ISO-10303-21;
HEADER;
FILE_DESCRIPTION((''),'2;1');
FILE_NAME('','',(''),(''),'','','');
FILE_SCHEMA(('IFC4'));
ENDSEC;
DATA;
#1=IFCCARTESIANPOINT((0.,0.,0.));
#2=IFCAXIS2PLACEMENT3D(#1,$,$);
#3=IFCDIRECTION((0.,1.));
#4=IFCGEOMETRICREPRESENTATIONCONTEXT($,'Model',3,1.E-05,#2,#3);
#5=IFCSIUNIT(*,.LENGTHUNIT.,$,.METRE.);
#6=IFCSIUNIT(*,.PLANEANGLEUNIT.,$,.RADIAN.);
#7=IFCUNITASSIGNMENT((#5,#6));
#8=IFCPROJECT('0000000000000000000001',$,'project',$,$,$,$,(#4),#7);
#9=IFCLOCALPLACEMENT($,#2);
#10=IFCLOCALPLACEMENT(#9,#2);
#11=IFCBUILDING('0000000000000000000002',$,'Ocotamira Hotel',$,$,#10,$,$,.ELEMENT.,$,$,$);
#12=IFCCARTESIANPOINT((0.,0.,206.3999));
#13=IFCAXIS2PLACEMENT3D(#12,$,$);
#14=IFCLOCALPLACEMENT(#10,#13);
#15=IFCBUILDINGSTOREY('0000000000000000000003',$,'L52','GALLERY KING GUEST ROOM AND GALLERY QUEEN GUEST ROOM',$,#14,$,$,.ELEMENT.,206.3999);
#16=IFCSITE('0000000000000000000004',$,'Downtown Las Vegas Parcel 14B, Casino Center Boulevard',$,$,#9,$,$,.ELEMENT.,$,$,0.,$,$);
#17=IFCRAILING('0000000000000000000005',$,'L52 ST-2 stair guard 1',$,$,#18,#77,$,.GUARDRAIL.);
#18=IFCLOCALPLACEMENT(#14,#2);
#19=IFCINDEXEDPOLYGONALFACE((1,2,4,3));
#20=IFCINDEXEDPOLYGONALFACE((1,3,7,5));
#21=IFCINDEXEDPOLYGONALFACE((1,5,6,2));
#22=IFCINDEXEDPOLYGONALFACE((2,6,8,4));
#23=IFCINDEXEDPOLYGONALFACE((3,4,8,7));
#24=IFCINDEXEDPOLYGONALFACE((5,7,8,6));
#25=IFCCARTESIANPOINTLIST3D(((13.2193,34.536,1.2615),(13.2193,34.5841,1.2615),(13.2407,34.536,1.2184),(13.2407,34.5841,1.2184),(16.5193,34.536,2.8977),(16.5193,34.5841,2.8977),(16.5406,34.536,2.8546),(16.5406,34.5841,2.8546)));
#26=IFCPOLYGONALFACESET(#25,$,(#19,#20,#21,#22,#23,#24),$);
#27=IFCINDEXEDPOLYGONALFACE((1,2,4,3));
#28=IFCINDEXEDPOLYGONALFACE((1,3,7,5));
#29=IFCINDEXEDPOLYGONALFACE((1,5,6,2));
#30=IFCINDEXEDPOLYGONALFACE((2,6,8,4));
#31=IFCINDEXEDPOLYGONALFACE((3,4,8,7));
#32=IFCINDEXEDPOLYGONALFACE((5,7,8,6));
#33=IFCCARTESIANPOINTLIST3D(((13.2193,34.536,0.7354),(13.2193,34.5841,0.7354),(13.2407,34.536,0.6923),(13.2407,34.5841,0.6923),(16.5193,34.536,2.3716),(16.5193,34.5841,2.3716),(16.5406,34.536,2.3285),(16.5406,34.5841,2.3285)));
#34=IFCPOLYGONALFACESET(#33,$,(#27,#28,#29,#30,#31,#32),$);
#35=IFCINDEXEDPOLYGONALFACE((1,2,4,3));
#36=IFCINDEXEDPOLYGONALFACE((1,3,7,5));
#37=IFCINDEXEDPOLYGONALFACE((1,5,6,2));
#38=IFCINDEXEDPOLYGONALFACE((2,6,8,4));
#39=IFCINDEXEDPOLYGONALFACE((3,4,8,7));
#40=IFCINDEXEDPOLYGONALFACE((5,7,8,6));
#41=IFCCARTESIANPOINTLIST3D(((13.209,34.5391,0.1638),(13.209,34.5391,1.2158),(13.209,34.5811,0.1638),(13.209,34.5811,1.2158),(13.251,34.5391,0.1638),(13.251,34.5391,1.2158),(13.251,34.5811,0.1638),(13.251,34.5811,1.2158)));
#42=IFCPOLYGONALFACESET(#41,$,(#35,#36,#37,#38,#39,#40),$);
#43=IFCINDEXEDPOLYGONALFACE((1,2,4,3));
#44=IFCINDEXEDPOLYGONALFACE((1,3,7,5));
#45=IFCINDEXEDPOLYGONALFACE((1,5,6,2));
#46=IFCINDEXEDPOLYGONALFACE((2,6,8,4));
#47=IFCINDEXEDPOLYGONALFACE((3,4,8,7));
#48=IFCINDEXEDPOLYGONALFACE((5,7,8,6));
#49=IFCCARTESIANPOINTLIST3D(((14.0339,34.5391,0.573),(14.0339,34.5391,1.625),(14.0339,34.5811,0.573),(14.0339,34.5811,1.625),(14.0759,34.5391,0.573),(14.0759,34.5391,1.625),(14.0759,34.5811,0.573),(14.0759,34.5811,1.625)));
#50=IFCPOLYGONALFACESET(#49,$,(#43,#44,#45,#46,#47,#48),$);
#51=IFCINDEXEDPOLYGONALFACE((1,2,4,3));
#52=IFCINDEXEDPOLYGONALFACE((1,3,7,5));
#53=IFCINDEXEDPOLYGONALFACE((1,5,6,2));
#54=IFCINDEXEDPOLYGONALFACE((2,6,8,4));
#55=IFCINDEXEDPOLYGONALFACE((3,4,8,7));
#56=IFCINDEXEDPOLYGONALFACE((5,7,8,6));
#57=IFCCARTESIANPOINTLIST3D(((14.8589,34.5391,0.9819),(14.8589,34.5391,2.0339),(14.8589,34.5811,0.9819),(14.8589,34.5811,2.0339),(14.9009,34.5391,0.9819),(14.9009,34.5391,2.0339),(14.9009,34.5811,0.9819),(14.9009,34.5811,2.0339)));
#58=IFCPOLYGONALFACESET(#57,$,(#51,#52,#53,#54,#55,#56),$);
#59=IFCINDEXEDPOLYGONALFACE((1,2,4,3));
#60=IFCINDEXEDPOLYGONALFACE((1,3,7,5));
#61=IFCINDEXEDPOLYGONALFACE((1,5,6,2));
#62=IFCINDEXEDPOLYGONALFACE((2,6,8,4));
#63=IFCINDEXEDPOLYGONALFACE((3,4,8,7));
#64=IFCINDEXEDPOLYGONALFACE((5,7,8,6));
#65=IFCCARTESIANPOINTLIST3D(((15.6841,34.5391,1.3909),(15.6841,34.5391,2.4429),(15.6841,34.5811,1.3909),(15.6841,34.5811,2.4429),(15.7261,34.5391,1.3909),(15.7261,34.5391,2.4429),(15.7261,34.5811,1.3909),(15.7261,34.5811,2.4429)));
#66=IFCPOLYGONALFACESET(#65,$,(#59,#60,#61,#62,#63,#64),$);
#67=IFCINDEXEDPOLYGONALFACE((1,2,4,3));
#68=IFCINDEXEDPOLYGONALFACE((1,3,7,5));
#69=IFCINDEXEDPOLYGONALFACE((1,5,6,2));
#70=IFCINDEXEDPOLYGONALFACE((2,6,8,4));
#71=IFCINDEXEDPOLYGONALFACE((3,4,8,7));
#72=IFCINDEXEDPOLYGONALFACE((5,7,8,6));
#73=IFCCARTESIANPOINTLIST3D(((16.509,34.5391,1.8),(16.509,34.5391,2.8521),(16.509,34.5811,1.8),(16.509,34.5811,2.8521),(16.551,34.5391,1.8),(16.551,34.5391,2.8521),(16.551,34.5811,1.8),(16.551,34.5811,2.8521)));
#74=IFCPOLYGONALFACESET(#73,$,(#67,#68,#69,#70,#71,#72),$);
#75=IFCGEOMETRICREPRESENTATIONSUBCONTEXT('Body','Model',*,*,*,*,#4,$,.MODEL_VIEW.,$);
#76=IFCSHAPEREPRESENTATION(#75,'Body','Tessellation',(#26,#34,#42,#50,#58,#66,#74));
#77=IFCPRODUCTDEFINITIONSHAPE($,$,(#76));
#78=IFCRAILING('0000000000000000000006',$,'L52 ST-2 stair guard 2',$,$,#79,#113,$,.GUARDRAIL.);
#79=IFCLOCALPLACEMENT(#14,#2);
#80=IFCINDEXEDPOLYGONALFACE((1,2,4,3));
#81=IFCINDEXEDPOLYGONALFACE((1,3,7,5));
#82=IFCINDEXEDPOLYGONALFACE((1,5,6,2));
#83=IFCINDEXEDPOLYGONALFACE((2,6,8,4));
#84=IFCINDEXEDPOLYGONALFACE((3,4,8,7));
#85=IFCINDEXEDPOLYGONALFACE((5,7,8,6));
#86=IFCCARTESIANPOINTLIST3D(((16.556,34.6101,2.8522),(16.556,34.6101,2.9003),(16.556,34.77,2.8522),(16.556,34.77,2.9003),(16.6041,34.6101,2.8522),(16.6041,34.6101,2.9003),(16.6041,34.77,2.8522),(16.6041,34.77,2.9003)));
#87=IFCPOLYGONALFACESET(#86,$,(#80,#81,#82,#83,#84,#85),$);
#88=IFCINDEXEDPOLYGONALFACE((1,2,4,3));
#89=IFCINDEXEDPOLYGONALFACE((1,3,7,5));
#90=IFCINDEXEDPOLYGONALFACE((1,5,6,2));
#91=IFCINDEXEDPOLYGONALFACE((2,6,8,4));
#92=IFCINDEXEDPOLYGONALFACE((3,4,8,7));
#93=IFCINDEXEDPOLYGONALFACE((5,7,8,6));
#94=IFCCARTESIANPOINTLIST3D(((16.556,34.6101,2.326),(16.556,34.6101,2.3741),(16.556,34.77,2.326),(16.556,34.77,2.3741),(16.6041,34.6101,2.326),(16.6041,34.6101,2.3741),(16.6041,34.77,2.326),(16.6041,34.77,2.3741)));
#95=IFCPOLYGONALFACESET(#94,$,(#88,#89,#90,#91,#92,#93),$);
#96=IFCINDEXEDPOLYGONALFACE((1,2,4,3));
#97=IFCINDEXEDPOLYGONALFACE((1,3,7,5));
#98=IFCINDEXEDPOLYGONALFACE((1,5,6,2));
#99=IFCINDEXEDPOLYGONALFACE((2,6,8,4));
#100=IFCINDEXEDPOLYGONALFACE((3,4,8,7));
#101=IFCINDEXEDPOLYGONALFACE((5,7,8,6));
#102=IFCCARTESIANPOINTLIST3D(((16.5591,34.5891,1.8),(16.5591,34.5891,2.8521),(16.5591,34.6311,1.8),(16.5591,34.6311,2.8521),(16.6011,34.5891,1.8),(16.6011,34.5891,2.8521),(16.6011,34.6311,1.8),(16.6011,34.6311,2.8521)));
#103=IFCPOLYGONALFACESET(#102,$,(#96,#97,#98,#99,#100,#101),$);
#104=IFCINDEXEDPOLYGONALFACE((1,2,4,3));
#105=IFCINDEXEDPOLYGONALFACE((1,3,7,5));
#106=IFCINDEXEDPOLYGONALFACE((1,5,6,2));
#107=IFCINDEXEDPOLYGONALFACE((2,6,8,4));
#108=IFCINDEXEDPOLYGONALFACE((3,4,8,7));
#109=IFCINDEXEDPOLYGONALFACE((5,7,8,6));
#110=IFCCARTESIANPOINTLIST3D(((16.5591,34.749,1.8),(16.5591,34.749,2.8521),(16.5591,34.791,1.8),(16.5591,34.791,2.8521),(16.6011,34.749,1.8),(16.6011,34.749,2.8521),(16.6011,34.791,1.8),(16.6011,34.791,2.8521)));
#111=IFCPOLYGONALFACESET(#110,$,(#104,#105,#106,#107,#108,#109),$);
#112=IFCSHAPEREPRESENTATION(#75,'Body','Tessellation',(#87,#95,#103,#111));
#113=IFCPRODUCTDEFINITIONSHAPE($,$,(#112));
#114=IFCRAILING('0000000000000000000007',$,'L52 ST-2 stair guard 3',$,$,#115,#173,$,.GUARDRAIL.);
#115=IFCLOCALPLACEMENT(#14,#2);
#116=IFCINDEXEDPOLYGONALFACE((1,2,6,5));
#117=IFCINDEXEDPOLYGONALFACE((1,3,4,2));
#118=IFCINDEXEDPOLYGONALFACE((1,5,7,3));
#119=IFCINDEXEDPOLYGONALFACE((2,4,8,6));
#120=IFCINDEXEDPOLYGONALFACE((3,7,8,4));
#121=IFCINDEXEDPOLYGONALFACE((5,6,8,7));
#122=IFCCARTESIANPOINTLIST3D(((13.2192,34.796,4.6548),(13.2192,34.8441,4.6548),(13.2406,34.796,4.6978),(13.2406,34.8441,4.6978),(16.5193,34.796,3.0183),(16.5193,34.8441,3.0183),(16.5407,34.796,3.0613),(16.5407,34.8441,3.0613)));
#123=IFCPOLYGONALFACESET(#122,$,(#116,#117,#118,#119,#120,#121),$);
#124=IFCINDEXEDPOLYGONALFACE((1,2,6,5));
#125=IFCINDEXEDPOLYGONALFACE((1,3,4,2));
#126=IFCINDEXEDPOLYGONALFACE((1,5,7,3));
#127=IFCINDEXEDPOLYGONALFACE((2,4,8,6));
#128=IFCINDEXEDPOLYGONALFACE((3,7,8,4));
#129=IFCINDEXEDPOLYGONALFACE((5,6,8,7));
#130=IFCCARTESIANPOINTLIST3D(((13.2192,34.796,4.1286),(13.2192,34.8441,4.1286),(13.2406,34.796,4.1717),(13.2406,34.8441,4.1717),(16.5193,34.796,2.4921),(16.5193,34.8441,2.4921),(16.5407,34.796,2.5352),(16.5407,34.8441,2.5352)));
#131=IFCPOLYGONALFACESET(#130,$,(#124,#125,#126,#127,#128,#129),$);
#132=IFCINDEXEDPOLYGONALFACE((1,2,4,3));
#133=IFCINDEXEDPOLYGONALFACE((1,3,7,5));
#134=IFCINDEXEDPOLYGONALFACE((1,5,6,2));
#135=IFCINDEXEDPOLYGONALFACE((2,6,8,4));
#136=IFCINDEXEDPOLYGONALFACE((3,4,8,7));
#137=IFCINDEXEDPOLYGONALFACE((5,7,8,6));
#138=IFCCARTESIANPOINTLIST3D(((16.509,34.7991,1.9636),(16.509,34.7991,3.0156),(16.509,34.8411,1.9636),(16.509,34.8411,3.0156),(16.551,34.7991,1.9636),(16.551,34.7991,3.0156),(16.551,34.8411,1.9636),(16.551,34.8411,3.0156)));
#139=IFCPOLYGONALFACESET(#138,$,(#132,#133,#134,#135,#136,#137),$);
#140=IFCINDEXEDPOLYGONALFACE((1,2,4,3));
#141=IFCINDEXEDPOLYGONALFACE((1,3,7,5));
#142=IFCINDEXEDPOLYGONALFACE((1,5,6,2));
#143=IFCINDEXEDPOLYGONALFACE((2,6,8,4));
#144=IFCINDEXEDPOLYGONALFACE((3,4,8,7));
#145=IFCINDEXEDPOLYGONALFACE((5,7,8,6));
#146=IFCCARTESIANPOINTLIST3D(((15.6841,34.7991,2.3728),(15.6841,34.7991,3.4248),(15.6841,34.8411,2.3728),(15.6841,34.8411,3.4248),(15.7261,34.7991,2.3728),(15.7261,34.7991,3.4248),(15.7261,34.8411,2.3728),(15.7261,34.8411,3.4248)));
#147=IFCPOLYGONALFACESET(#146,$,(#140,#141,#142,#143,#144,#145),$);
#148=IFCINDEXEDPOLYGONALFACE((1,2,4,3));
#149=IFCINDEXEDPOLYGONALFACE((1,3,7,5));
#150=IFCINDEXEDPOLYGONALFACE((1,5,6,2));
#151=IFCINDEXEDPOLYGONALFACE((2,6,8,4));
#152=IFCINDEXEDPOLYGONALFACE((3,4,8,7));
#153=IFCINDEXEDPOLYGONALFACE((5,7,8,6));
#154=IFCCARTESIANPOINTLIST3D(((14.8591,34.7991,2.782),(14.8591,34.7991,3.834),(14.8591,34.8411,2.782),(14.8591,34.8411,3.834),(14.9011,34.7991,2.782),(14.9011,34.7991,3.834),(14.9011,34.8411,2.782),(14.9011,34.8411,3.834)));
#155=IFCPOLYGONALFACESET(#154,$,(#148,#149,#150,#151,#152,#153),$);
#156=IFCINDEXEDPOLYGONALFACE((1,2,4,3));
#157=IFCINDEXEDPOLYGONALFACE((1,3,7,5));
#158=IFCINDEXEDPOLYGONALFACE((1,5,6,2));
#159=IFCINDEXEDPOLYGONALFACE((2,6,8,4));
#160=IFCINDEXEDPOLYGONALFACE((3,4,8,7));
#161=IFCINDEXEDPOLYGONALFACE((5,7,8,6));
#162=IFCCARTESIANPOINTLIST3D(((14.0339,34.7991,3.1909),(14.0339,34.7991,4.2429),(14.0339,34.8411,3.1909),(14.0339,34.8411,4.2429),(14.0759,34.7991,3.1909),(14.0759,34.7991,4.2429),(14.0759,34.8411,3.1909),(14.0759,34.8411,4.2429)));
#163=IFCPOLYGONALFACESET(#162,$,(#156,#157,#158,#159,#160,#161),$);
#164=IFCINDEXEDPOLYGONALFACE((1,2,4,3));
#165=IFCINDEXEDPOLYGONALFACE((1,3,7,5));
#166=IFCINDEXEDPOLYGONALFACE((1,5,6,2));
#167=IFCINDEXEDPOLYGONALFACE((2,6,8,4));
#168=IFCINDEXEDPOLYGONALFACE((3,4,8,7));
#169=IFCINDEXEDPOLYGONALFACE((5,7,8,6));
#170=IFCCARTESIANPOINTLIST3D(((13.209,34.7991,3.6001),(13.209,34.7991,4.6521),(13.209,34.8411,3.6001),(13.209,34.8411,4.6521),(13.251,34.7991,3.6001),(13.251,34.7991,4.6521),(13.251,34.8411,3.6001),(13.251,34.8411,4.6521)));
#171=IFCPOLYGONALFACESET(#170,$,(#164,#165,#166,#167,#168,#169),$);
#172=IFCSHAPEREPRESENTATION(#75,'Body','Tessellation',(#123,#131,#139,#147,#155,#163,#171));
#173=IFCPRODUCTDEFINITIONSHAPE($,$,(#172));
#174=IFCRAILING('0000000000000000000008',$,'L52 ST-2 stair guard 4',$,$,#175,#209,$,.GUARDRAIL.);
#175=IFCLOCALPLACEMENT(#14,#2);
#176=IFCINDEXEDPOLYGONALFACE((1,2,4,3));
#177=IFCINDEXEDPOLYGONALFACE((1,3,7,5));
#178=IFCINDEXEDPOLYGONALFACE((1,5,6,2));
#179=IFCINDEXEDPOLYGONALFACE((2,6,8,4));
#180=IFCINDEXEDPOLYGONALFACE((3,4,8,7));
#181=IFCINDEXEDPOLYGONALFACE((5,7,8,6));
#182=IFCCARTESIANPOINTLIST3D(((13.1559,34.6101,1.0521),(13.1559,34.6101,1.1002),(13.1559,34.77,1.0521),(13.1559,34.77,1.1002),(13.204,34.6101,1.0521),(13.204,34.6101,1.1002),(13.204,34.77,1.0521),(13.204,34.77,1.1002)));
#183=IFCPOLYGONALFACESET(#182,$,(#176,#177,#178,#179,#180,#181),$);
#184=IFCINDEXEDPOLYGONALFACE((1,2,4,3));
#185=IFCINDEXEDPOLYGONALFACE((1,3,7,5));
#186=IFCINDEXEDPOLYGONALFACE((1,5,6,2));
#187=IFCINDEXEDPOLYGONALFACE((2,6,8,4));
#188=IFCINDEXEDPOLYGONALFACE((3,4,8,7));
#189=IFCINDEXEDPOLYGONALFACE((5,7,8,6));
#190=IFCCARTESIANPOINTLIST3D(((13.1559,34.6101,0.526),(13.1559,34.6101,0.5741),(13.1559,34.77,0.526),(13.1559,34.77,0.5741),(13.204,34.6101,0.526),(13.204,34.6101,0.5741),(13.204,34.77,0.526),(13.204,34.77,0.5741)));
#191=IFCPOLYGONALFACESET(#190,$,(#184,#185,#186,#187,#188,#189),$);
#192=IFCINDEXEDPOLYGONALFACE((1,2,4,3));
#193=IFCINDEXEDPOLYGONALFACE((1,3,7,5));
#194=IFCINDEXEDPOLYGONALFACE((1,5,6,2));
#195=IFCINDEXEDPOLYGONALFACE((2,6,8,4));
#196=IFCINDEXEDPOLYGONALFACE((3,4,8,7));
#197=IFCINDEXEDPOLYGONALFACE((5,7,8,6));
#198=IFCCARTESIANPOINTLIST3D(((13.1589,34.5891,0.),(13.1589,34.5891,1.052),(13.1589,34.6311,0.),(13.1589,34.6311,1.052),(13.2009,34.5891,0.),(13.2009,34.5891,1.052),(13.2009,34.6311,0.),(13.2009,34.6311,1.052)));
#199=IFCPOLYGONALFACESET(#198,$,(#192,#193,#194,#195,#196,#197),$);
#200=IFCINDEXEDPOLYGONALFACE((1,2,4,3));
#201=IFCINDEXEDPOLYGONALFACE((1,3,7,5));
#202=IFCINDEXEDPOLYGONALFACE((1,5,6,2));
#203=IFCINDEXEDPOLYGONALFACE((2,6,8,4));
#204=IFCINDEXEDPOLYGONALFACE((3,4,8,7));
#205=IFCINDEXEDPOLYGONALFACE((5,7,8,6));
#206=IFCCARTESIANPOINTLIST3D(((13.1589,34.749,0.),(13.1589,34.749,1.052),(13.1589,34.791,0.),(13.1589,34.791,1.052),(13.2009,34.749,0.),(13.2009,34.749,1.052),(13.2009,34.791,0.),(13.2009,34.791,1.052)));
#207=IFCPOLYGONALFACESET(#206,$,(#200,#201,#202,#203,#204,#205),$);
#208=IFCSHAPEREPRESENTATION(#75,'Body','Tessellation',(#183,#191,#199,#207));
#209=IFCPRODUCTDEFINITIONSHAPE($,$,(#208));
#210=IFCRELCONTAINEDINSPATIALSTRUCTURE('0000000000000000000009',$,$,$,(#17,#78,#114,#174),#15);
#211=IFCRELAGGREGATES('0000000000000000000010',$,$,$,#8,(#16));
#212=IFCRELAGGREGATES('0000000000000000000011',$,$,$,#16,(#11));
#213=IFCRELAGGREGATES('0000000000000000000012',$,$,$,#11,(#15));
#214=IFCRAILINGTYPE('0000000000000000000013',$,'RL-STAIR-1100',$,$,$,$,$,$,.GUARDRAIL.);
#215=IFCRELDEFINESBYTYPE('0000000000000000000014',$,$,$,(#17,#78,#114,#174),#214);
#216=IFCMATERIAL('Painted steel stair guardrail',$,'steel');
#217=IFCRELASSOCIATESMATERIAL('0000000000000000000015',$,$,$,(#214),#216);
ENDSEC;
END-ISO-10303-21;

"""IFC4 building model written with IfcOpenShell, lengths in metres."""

from ifc_helpers import new_model, si_unit, direction, frame, origin, origin_2d, place, context, subcontext, project, spatial, rectangle, extrude, material, type_object, element, save


model = new_model("IFC4")

# Units and contexts
model_context = context("Model", 3, precision=1e-05, world=origin(), true_north=direction((0.0, 1.0)))
body_context = subcontext(model_context, "Body", "Model", "MODEL_VIEW")
ifc_project = project(units=[si_unit("LENGTHUNIT", "METRE"), si_unit("PLANEANGLEUNIT", "RADIAN")], contexts=[model_context])

# Site, building, storey
site_placement = place(None, origin())
site = spatial("IfcSite", under=ifc_project, at=site_placement, Name="Downtown Las Vegas Parcel 14B, Casino Center Boulevard", CompositionType="ELEMENT", RefElevation=0.0)
building_placement = place(site_placement, origin())
building = spatial("IfcBuilding", under=site, at=building_placement, Name="Ocotamira Hotel", CompositionType="ELEMENT")
storey_placement = place(building_placement, frame((0.0, 0.0, 206.3999)))
storey = spatial("IfcBuildingStorey", under=building, at=storey_placement, Name="L52", Description="GALLERY KING GUEST ROOM AND GALLERY QUEEN GUEST ROOM", CompositionType="ELEMENT", Elevation=206.3999)

# Railings
ifc_material_1 = material(Name="Painted steel stair guardrail", Category="steel")
railing_type_1 = type_object("IfcRailingType", Name="RL-STAIR-1100", PredefinedType="GUARDRAIL", material=ifc_material_1)
railing_1_placement = place(storey_placement, frame((13.23, 34.5601, 0.1638)))
element("IfcRailing", 1, at=railing_1_placement, inside=storey, type_object=railing_type_1, Name="L52 ST-2 stair guard 1", PredefinedType="GUARDRAIL", context=body_context, shape_type="SweptSolid", body=[
    extrude(rectangle(XDim=0.0481, YDim=0.0481, at=origin_2d()), frame((0.0, 0.0, 1.0762), z_axis=(0.89592, 0.0, 0.444215), x_axis=(0.0, 1.0, 0.0)), (0.0, 0.0, 1.0), 3.6833),
    extrude(rectangle(XDim=0.0481, YDim=0.0481, at=origin_2d()), frame((0.0, 0.0, 0.55), z_axis=(0.89592, 0.0, 0.444215), x_axis=(0.0, 1.0, 0.0)), (0.0, 0.0, 1.0), 3.6833),
    extrude(rectangle(XDim=0.042, YDim=0.042, at=origin_2d()), origin(), (0.0, 0.0, 1.0), 1.052),
    extrude(rectangle(XDim=0.042, YDim=0.042, at=origin_2d()), frame((0.825, 0.0, 0.4092)), (0.0, 0.0, 1.0), 1.052),
    extrude(rectangle(XDim=0.042, YDim=0.042, at=origin_2d()), frame((1.6499, 0.0, 0.8181)), (0.0, 0.0, 1.0), 1.052),
    extrude(rectangle(XDim=0.042, YDim=0.042, at=origin_2d()), frame((2.4751, 0.0, 1.2271)), (0.0, 0.0, 1.0), 1.052),
    extrude(rectangle(XDim=0.042, YDim=0.042, at=origin_2d()), frame((3.3, 0.0, 1.6362)), (0.0, 0.0, 1.0), 1.052),
])
railing_2_placement = place(storey_placement, frame((16.5801, 34.6101, 1.8)))
element("IfcRailing", 2, at=railing_2_placement, inside=storey, type_object=railing_type_1, Name="L52 ST-2 stair guard 2", PredefinedType="GUARDRAIL", context=body_context, shape_type="SweptSolid", body=[
    extrude(rectangle(XDim=0.0481, YDim=0.0481, at=origin_2d()), frame((0.0, 0.0, 1.0762), z_axis=(0.0, 1.0, 0.0), x_axis=(-1.0, 0.0, 0.0)), (0.0, 0.0, 1.0), 0.1599),
    extrude(rectangle(XDim=0.0481, YDim=0.0481, at=origin_2d()), frame((0.0, 0.0, 0.55), z_axis=(0.0, 1.0, 0.0), x_axis=(-1.0, 0.0, 0.0)), (0.0, 0.0, 1.0), 0.1599),
    extrude(rectangle(XDim=0.042, YDim=0.042, at=origin_2d()), origin(), (0.0, 0.0, 1.0), 1.052),
    extrude(rectangle(XDim=0.042, YDim=0.042, at=origin_2d()), frame((0.0, 0.1599, 0.0)), (0.0, 0.0, 1.0), 1.052),
])
railing_3_placement = place(storey_placement, frame((16.53, 34.8201, 1.9636)))
element("IfcRailing", 3, at=railing_3_placement, inside=storey, type_object=railing_type_1, Name="L52 ST-2 stair guard 3", PredefinedType="GUARDRAIL", context=body_context, shape_type="SweptSolid", body=[
    extrude(rectangle(XDim=0.0481, YDim=0.0481, at=origin_2d()), frame((0.0, 0.0, 1.0762), z_axis=(-0.895894, 0.0, 0.444268), x_axis=(0.0, -1.0, 0.0)), (0.0, 0.0, 1.0), 3.6836),
    extrude(rectangle(XDim=0.0481, YDim=0.0481, at=origin_2d()), frame((0.0, 0.0, 0.55), z_axis=(-0.895894, 0.0, 0.444268), x_axis=(0.0, -1.0, 0.0)), (0.0, 0.0, 1.0), 3.6836),
    extrude(rectangle(XDim=0.042, YDim=0.042, at=origin_2d()), origin(), (0.0, 0.0, 1.0), 1.052),
    extrude(rectangle(XDim=0.042, YDim=0.042, at=origin_2d()), frame((-0.825, 0.0, 0.4092)), (0.0, 0.0, 1.0), 1.052),
    extrude(rectangle(XDim=0.042, YDim=0.042, at=origin_2d()), frame((-1.6499, 0.0, 0.8184)), (0.0, 0.0, 1.0), 1.052),
    extrude(rectangle(XDim=0.042, YDim=0.042, at=origin_2d()), frame((-2.4751, 0.0, 1.2273)), (0.0, 0.0, 1.0), 1.052),
    extrude(rectangle(XDim=0.042, YDim=0.042, at=origin_2d()), frame((-3.3, 0.0, 1.6365)), (0.0, 0.0, 1.0), 1.052),
])
railing_4_placement = place(storey_placement, frame((13.1799, 34.6101, 0.0)))
element("IfcRailing", 4, at=railing_4_placement, inside=storey, type_object=railing_type_1, Name="L52 ST-2 stair guard 4", PredefinedType="GUARDRAIL", context=body_context, shape_type="SweptSolid", body=[
    extrude(rectangle(XDim=0.0481, YDim=0.0481, at=origin_2d()), frame((0.0, 0.0, 1.0762), z_axis=(0.0, 1.0, 0.0), x_axis=(-1.0, 0.0, 0.0)), (0.0, 0.0, 1.0), 0.1599),
    extrude(rectangle(XDim=0.0481, YDim=0.0481, at=origin_2d()), frame((0.0, 0.0, 0.55), z_axis=(0.0, 1.0, 0.0), x_axis=(-1.0, 0.0, 0.0)), (0.0, 0.0, 1.0), 0.1599),
    extrude(rectangle(XDim=0.042, YDim=0.042, at=origin_2d()), origin(), (0.0, 0.0, 1.0), 1.052),
    extrude(rectangle(XDim=0.042, YDim=0.042, at=origin_2d()), frame((0.0, 0.1599, 0.0)), (0.0, 0.0, 1.0), 1.052),
])

save(model, "model.ifc")
